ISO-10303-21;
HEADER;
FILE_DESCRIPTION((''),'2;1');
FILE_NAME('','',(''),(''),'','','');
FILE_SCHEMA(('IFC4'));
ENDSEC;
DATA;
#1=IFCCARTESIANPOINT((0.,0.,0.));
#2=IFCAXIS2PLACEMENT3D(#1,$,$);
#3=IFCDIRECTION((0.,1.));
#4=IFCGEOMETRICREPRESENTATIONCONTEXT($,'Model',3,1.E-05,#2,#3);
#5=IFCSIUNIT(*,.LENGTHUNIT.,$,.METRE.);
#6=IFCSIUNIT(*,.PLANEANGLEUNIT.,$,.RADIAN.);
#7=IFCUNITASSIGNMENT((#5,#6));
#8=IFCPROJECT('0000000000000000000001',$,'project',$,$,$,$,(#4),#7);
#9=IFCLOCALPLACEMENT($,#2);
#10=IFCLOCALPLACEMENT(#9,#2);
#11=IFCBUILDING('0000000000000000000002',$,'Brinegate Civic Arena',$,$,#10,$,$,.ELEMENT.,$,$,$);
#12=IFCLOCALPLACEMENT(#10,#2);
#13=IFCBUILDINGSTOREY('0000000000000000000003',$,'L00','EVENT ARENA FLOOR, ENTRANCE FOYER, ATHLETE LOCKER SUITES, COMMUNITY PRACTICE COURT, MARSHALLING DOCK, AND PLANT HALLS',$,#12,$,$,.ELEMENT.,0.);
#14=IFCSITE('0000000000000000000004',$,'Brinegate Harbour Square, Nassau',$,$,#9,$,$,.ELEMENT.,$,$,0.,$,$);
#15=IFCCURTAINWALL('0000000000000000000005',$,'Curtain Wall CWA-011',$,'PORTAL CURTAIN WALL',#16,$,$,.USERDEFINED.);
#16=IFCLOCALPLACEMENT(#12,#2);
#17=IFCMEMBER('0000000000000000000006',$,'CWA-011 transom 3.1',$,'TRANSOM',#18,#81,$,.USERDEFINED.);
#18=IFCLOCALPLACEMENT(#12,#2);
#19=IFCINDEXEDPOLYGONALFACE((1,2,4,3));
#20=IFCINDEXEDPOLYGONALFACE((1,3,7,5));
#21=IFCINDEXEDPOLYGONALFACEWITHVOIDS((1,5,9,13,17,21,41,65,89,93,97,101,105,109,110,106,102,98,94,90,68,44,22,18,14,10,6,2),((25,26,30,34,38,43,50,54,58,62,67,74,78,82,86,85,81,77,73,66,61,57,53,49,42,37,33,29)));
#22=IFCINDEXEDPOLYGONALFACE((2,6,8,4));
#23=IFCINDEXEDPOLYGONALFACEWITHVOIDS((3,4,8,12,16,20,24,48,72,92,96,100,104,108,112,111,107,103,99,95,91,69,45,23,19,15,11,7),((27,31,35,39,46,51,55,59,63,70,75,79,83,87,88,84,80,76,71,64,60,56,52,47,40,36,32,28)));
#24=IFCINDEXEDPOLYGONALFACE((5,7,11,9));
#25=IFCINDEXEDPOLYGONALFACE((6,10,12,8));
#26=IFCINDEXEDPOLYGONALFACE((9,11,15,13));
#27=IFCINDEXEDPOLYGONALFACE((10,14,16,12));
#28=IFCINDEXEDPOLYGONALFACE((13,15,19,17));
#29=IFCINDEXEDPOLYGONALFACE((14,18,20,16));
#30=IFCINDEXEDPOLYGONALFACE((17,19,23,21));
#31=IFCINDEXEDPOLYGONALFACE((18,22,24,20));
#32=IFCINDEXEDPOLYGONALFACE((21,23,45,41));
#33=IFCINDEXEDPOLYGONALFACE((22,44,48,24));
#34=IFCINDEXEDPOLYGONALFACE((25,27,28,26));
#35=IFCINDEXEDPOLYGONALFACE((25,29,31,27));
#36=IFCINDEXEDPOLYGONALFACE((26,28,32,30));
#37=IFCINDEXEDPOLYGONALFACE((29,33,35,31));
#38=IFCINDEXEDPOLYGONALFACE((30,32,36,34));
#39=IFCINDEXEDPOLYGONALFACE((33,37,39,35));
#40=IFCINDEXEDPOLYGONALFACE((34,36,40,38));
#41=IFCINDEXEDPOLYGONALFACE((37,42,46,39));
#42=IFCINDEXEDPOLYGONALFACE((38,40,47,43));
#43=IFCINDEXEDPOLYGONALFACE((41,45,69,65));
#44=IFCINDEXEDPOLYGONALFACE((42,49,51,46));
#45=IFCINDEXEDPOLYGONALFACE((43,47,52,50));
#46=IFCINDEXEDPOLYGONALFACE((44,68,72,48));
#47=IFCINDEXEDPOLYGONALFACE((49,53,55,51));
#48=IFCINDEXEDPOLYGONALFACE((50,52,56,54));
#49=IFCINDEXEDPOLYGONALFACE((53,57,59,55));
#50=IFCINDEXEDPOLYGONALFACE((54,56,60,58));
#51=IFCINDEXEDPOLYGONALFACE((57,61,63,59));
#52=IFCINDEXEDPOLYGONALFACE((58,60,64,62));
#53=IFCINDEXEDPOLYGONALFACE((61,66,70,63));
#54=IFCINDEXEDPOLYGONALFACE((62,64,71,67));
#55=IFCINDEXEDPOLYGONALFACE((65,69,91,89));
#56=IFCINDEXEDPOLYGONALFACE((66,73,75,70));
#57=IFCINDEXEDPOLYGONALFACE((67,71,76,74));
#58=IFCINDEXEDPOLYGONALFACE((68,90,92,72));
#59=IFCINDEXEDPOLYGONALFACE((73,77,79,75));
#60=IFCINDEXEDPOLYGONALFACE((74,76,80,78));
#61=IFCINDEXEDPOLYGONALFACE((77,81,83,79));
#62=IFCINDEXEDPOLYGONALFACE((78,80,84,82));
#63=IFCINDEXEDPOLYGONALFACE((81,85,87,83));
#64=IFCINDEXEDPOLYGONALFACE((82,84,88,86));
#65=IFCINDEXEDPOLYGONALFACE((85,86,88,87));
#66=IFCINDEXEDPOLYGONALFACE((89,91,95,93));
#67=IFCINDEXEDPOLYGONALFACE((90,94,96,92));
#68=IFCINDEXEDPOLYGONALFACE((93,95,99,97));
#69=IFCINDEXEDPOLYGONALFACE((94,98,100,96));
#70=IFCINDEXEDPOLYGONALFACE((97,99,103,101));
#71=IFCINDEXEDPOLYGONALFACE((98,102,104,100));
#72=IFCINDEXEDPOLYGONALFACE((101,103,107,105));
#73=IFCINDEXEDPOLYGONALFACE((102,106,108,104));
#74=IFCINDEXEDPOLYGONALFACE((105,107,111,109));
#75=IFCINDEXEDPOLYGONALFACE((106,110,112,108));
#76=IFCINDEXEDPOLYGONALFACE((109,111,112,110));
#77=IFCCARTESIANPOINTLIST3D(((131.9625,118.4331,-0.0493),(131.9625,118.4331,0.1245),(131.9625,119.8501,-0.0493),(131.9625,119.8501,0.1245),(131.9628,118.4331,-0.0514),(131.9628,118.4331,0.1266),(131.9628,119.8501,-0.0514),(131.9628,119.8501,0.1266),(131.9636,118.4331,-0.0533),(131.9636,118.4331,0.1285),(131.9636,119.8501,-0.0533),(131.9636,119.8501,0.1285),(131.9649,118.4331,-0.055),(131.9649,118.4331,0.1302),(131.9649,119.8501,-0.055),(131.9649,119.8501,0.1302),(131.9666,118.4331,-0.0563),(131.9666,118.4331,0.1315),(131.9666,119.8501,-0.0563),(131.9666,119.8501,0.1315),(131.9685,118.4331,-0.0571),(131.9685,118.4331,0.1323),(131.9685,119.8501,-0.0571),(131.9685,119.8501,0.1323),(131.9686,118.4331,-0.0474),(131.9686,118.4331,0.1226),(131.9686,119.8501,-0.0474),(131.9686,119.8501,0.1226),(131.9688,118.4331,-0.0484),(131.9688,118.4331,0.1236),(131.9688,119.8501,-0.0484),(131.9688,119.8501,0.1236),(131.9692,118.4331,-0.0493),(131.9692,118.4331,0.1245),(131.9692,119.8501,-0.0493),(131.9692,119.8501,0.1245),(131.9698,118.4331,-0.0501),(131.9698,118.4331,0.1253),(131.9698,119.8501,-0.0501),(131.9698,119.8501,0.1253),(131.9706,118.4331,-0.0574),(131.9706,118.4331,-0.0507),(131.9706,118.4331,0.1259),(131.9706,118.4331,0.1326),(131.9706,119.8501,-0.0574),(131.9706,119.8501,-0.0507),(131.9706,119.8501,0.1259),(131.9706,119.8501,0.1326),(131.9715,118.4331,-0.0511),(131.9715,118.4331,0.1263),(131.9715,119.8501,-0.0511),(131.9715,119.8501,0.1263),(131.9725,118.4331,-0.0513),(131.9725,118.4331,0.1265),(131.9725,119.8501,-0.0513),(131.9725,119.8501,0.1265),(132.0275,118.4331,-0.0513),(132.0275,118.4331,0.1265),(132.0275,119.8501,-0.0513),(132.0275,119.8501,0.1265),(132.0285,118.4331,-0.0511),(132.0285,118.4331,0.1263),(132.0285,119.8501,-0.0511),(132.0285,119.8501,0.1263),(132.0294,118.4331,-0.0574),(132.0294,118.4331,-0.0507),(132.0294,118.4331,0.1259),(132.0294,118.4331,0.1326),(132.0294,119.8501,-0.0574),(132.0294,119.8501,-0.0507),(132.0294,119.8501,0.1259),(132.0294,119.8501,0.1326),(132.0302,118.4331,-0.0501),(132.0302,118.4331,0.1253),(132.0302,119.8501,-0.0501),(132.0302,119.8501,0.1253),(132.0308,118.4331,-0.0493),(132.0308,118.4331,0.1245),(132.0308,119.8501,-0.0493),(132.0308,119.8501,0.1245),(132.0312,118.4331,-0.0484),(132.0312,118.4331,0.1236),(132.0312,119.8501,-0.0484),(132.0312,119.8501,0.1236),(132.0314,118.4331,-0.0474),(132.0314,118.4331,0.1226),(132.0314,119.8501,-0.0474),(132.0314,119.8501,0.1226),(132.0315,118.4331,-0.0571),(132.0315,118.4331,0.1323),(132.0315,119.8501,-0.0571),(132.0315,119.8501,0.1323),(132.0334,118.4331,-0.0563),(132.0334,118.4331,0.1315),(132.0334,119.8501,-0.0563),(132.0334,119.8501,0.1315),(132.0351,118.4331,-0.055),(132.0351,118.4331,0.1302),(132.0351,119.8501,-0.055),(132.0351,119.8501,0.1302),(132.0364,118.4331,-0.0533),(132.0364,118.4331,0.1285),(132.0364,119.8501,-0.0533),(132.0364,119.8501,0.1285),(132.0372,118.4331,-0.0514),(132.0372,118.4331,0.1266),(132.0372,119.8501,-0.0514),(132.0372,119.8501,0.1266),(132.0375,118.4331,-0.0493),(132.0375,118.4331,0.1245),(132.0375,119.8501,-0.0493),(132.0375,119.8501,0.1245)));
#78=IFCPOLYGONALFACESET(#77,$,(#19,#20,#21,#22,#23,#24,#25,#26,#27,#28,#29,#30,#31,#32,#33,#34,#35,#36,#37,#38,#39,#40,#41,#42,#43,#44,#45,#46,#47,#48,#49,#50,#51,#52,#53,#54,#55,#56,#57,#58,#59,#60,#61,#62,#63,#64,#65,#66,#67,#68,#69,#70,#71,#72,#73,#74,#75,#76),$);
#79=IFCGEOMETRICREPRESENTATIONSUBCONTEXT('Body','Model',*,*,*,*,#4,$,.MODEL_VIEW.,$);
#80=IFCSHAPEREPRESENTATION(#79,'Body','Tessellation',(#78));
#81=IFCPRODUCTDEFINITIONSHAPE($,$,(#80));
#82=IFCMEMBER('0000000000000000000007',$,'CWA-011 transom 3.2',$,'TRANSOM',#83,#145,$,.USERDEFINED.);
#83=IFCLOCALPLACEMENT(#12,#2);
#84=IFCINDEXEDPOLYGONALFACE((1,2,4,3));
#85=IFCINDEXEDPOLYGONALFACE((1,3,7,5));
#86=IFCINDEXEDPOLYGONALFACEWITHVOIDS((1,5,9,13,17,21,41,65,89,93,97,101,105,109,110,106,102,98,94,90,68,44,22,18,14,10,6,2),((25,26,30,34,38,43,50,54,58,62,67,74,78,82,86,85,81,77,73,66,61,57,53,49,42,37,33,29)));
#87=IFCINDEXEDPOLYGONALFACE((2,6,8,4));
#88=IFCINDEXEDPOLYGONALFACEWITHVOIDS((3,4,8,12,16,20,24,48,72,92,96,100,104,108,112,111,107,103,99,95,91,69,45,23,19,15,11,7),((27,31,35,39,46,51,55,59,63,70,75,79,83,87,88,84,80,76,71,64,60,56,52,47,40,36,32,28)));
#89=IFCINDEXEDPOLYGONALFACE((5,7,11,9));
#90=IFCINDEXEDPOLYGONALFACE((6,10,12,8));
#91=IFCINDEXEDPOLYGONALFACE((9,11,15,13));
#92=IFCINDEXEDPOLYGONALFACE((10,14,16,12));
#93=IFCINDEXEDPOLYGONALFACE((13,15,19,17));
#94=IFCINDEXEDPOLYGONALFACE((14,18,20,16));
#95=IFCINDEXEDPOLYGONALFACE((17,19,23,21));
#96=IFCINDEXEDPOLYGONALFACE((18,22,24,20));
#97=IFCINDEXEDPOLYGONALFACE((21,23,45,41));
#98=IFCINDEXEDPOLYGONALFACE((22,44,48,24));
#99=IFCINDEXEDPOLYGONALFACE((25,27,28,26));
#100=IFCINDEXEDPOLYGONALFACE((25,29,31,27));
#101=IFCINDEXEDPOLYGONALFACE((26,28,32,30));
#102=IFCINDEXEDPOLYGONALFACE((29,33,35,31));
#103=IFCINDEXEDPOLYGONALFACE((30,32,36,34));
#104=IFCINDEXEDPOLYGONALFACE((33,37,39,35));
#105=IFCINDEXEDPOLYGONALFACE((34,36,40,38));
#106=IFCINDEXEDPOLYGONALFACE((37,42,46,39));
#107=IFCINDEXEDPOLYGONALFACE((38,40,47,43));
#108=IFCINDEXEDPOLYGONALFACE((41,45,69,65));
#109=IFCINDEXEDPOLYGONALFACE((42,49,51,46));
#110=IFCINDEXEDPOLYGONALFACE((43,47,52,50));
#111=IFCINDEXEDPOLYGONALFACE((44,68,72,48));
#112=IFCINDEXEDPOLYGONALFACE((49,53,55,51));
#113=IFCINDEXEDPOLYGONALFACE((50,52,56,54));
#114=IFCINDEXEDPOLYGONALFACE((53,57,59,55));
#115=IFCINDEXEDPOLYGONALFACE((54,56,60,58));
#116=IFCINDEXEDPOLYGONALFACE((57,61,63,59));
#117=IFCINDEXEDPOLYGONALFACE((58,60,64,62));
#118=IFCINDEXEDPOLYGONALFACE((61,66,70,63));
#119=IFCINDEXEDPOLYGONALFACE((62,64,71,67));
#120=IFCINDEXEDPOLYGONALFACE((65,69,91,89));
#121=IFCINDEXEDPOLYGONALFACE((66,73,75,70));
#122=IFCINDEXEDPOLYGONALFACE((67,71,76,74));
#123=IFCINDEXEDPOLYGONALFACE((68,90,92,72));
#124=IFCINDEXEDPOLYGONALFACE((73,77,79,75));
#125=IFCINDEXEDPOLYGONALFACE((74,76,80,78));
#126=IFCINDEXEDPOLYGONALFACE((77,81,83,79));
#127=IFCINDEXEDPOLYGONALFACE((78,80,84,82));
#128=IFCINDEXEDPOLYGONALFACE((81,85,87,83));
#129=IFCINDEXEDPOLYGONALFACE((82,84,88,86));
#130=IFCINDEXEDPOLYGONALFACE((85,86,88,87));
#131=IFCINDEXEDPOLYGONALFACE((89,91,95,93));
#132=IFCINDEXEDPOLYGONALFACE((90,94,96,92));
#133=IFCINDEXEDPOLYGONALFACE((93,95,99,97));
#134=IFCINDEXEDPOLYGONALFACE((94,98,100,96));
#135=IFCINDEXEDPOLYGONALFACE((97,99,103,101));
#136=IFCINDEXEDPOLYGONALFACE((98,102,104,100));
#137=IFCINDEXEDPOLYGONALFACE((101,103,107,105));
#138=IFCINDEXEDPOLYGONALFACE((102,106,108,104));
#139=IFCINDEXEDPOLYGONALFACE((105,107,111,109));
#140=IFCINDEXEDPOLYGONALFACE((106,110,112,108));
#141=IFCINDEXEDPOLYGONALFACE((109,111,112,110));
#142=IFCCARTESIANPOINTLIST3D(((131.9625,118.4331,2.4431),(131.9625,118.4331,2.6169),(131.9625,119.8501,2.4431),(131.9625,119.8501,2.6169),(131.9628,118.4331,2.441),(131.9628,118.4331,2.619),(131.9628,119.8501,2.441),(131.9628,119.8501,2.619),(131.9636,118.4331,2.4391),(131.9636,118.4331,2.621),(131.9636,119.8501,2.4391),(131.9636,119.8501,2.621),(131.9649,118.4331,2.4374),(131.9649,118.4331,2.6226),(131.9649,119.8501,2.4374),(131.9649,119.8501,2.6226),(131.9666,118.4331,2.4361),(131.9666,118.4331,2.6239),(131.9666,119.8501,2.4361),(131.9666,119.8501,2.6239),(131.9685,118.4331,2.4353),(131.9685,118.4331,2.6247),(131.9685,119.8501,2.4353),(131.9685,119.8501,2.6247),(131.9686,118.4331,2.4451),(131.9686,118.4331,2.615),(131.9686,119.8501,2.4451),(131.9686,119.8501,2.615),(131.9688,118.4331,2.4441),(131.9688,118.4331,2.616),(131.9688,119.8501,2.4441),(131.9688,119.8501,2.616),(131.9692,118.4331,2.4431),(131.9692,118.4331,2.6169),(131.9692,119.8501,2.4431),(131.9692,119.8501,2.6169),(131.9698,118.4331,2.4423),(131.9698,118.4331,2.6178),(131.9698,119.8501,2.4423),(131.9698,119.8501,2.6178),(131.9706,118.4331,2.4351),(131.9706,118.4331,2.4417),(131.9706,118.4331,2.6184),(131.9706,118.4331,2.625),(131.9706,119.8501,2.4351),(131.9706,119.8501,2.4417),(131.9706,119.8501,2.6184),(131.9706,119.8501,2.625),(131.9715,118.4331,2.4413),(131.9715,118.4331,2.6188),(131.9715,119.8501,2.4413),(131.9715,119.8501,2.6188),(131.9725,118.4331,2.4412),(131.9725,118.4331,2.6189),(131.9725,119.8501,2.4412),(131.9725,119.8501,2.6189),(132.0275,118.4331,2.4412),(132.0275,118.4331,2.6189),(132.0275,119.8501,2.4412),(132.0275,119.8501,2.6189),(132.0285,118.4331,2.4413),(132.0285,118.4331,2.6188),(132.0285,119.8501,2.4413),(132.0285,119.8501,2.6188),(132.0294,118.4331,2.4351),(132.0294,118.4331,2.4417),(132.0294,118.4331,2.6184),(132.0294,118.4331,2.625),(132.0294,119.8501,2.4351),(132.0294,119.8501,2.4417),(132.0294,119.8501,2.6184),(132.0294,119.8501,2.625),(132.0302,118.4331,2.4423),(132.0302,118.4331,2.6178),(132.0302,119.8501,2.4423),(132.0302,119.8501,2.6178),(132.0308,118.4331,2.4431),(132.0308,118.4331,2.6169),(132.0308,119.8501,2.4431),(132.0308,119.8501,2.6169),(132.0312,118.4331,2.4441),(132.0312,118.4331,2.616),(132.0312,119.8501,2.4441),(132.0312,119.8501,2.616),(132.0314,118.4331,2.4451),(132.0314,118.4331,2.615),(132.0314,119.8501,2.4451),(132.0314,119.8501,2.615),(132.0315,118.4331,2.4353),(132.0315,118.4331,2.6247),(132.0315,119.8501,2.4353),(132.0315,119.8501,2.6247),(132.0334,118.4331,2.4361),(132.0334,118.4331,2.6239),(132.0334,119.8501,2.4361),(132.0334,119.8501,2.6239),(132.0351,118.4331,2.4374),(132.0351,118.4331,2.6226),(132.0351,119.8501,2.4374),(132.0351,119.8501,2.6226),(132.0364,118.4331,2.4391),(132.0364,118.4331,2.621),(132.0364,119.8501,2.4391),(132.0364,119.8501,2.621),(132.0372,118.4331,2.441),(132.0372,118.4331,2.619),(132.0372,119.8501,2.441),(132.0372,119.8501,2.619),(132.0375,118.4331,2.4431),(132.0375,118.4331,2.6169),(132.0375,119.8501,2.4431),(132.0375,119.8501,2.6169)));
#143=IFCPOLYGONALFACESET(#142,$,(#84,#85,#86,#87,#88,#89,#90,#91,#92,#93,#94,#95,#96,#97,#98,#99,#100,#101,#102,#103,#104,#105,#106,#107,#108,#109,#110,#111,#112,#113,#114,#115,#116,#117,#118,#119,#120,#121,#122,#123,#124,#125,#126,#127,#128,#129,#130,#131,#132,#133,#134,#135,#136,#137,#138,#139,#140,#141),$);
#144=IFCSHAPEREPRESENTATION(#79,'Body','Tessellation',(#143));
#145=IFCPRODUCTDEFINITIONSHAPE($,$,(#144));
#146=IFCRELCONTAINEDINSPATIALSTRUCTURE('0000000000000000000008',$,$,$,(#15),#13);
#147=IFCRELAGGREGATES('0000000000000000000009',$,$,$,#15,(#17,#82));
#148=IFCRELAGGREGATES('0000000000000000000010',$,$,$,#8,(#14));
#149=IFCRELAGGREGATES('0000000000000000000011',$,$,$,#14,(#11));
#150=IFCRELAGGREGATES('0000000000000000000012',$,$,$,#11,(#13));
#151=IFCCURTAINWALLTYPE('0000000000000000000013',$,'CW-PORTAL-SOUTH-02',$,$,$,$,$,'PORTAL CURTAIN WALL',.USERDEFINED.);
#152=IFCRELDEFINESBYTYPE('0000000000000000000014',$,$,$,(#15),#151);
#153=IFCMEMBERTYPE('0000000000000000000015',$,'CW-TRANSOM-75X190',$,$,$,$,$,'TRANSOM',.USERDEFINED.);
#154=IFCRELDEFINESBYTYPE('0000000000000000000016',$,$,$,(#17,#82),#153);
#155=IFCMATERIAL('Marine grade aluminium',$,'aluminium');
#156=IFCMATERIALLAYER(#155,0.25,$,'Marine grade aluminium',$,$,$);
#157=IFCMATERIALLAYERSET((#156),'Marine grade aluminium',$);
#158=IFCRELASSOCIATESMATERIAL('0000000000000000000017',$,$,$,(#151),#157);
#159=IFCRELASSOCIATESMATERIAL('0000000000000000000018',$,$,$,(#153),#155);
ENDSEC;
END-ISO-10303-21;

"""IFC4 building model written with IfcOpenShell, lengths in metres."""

from ifc_helpers import new_model, si_unit, direction, frame, origin, origin_2d, place, context, subcontext, project, spatial, hollow_rectangle, extrude, material, layer, layer_set, material_profile, profile_set, type_object, element, aggregate, save


model = new_model("IFC4")

# Units and contexts
model_context = context("Model", 3, precision=1e-05, world=origin(), true_north=direction((0.0, 1.0)))
body_context = subcontext(model_context, "Body", "Model", "MODEL_VIEW")
ifc_project = project(units=[si_unit("LENGTHUNIT", "METRE"), si_unit("PLANEANGLEUNIT", "RADIAN")], contexts=[model_context])

# Site, building, storey
site_placement = place(None, origin())
site = spatial("IfcSite", under=ifc_project, at=site_placement, Name="Brinegate Harbour Square, Nassau", CompositionType="ELEMENT", RefElevation=0.0)
building_placement = place(site_placement, origin())
building = spatial("IfcBuilding", under=site, at=building_placement, Name="Brinegate Civic Arena", CompositionType="ELEMENT")
storey_placement = place(building_placement, origin())
storey = spatial("IfcBuildingStorey", under=building, at=storey_placement, Name="L00", Description="EVENT ARENA FLOOR, ENTRANCE FOYER, ATHLETE LOCKER SUITES, COMMUNITY PRACTICE COURT, MARSHALLING DOCK, AND PLANT HALLS", CompositionType="ELEMENT", Elevation=0.0)

# Curtain wall, members
ifc_material_1 = material(Name="Marine grade aluminium", Category="aluminium")
ifc_layer_1 = layer(ifc_material_1, 0.25, Name="Marine grade aluminium")
ifc_layer_set_1 = layer_set([ifc_layer_1], Name="Marine grade aluminium")
curtain_wall_type = type_object("IfcCurtainWallType", Name="CW-PORTAL-SOUTH-02", ElementType="PORTAL CURTAIN WALL", PredefinedType="USERDEFINED", material=ifc_layer_set_1)
curtain_wall_placement = place(storey_placement, origin())
curtain_wall = element("IfcCurtainWall", 1, at=curtain_wall_placement, inside=storey, type_object=curtain_wall_type, Name="Curtain Wall CWA-011", ObjectType="PORTAL CURTAIN WALL", PredefinedType="USERDEFINED")
ifc_material_profile_1 = material_profile(ifc_material_1, hollow_rectangle(XDim=0.075, YDim=0.1899, WallThickness=0.0061, InnerFilletRadius=0.0039, OuterFilletRadius=0.0081, at=origin_2d()), Name="TRN75X190")
ifc_profile_set_1 = profile_set([ifc_material_profile_1], Name="Marine grade aluminium")
member_type_1 = type_object("IfcMemberType", Name="CW-TRANSOM-75X190", ElementType="TRANSOM", PredefinedType="USERDEFINED", material=ifc_profile_set_1)
member_1_placement = place(storey_placement, frame((132.0, 118.4331, 0.0376), z_axis=(0.0, 1.0, 0.0), x_axis=(-1.0, 0.0, 0.0)))
member_1 = element("IfcMember", 2, at=member_1_placement, type_object=member_type_1, Name="CWA-011 transom 3.1", ObjectType="TRANSOM", PredefinedType="USERDEFINED", context=body_context, shape_type="SweptSolid", body=[
    extrude(hollow_rectangle(XDim=0.075, YDim=0.1899, WallThickness=0.0061, InnerFilletRadius=0.0039, OuterFilletRadius=0.0081, at=origin_2d()), origin(), (0.0, 0.0, 1.0), 1.417),
])
member_2_placement = place(storey_placement, frame((132.0, 118.4331, 2.53), z_axis=(0.0, 1.0, 0.0), x_axis=(-1.0, 0.0, 0.0)))
member_2 = element("IfcMember", 3, at=member_2_placement, type_object=member_type_1, Name="CWA-011 transom 3.2", ObjectType="TRANSOM", PredefinedType="USERDEFINED", context=body_context, shape_type="SweptSolid", body=[
    extrude(hollow_rectangle(XDim=0.075, YDim=0.1899, WallThickness=0.0061, InnerFilletRadius=0.0039, OuterFilletRadius=0.0081, at=origin_2d()), origin(), (0.0, 0.0, 1.0), 1.417),
])
aggregate(curtain_wall, [member_1, member_2])

save(model, "model.ifc")
